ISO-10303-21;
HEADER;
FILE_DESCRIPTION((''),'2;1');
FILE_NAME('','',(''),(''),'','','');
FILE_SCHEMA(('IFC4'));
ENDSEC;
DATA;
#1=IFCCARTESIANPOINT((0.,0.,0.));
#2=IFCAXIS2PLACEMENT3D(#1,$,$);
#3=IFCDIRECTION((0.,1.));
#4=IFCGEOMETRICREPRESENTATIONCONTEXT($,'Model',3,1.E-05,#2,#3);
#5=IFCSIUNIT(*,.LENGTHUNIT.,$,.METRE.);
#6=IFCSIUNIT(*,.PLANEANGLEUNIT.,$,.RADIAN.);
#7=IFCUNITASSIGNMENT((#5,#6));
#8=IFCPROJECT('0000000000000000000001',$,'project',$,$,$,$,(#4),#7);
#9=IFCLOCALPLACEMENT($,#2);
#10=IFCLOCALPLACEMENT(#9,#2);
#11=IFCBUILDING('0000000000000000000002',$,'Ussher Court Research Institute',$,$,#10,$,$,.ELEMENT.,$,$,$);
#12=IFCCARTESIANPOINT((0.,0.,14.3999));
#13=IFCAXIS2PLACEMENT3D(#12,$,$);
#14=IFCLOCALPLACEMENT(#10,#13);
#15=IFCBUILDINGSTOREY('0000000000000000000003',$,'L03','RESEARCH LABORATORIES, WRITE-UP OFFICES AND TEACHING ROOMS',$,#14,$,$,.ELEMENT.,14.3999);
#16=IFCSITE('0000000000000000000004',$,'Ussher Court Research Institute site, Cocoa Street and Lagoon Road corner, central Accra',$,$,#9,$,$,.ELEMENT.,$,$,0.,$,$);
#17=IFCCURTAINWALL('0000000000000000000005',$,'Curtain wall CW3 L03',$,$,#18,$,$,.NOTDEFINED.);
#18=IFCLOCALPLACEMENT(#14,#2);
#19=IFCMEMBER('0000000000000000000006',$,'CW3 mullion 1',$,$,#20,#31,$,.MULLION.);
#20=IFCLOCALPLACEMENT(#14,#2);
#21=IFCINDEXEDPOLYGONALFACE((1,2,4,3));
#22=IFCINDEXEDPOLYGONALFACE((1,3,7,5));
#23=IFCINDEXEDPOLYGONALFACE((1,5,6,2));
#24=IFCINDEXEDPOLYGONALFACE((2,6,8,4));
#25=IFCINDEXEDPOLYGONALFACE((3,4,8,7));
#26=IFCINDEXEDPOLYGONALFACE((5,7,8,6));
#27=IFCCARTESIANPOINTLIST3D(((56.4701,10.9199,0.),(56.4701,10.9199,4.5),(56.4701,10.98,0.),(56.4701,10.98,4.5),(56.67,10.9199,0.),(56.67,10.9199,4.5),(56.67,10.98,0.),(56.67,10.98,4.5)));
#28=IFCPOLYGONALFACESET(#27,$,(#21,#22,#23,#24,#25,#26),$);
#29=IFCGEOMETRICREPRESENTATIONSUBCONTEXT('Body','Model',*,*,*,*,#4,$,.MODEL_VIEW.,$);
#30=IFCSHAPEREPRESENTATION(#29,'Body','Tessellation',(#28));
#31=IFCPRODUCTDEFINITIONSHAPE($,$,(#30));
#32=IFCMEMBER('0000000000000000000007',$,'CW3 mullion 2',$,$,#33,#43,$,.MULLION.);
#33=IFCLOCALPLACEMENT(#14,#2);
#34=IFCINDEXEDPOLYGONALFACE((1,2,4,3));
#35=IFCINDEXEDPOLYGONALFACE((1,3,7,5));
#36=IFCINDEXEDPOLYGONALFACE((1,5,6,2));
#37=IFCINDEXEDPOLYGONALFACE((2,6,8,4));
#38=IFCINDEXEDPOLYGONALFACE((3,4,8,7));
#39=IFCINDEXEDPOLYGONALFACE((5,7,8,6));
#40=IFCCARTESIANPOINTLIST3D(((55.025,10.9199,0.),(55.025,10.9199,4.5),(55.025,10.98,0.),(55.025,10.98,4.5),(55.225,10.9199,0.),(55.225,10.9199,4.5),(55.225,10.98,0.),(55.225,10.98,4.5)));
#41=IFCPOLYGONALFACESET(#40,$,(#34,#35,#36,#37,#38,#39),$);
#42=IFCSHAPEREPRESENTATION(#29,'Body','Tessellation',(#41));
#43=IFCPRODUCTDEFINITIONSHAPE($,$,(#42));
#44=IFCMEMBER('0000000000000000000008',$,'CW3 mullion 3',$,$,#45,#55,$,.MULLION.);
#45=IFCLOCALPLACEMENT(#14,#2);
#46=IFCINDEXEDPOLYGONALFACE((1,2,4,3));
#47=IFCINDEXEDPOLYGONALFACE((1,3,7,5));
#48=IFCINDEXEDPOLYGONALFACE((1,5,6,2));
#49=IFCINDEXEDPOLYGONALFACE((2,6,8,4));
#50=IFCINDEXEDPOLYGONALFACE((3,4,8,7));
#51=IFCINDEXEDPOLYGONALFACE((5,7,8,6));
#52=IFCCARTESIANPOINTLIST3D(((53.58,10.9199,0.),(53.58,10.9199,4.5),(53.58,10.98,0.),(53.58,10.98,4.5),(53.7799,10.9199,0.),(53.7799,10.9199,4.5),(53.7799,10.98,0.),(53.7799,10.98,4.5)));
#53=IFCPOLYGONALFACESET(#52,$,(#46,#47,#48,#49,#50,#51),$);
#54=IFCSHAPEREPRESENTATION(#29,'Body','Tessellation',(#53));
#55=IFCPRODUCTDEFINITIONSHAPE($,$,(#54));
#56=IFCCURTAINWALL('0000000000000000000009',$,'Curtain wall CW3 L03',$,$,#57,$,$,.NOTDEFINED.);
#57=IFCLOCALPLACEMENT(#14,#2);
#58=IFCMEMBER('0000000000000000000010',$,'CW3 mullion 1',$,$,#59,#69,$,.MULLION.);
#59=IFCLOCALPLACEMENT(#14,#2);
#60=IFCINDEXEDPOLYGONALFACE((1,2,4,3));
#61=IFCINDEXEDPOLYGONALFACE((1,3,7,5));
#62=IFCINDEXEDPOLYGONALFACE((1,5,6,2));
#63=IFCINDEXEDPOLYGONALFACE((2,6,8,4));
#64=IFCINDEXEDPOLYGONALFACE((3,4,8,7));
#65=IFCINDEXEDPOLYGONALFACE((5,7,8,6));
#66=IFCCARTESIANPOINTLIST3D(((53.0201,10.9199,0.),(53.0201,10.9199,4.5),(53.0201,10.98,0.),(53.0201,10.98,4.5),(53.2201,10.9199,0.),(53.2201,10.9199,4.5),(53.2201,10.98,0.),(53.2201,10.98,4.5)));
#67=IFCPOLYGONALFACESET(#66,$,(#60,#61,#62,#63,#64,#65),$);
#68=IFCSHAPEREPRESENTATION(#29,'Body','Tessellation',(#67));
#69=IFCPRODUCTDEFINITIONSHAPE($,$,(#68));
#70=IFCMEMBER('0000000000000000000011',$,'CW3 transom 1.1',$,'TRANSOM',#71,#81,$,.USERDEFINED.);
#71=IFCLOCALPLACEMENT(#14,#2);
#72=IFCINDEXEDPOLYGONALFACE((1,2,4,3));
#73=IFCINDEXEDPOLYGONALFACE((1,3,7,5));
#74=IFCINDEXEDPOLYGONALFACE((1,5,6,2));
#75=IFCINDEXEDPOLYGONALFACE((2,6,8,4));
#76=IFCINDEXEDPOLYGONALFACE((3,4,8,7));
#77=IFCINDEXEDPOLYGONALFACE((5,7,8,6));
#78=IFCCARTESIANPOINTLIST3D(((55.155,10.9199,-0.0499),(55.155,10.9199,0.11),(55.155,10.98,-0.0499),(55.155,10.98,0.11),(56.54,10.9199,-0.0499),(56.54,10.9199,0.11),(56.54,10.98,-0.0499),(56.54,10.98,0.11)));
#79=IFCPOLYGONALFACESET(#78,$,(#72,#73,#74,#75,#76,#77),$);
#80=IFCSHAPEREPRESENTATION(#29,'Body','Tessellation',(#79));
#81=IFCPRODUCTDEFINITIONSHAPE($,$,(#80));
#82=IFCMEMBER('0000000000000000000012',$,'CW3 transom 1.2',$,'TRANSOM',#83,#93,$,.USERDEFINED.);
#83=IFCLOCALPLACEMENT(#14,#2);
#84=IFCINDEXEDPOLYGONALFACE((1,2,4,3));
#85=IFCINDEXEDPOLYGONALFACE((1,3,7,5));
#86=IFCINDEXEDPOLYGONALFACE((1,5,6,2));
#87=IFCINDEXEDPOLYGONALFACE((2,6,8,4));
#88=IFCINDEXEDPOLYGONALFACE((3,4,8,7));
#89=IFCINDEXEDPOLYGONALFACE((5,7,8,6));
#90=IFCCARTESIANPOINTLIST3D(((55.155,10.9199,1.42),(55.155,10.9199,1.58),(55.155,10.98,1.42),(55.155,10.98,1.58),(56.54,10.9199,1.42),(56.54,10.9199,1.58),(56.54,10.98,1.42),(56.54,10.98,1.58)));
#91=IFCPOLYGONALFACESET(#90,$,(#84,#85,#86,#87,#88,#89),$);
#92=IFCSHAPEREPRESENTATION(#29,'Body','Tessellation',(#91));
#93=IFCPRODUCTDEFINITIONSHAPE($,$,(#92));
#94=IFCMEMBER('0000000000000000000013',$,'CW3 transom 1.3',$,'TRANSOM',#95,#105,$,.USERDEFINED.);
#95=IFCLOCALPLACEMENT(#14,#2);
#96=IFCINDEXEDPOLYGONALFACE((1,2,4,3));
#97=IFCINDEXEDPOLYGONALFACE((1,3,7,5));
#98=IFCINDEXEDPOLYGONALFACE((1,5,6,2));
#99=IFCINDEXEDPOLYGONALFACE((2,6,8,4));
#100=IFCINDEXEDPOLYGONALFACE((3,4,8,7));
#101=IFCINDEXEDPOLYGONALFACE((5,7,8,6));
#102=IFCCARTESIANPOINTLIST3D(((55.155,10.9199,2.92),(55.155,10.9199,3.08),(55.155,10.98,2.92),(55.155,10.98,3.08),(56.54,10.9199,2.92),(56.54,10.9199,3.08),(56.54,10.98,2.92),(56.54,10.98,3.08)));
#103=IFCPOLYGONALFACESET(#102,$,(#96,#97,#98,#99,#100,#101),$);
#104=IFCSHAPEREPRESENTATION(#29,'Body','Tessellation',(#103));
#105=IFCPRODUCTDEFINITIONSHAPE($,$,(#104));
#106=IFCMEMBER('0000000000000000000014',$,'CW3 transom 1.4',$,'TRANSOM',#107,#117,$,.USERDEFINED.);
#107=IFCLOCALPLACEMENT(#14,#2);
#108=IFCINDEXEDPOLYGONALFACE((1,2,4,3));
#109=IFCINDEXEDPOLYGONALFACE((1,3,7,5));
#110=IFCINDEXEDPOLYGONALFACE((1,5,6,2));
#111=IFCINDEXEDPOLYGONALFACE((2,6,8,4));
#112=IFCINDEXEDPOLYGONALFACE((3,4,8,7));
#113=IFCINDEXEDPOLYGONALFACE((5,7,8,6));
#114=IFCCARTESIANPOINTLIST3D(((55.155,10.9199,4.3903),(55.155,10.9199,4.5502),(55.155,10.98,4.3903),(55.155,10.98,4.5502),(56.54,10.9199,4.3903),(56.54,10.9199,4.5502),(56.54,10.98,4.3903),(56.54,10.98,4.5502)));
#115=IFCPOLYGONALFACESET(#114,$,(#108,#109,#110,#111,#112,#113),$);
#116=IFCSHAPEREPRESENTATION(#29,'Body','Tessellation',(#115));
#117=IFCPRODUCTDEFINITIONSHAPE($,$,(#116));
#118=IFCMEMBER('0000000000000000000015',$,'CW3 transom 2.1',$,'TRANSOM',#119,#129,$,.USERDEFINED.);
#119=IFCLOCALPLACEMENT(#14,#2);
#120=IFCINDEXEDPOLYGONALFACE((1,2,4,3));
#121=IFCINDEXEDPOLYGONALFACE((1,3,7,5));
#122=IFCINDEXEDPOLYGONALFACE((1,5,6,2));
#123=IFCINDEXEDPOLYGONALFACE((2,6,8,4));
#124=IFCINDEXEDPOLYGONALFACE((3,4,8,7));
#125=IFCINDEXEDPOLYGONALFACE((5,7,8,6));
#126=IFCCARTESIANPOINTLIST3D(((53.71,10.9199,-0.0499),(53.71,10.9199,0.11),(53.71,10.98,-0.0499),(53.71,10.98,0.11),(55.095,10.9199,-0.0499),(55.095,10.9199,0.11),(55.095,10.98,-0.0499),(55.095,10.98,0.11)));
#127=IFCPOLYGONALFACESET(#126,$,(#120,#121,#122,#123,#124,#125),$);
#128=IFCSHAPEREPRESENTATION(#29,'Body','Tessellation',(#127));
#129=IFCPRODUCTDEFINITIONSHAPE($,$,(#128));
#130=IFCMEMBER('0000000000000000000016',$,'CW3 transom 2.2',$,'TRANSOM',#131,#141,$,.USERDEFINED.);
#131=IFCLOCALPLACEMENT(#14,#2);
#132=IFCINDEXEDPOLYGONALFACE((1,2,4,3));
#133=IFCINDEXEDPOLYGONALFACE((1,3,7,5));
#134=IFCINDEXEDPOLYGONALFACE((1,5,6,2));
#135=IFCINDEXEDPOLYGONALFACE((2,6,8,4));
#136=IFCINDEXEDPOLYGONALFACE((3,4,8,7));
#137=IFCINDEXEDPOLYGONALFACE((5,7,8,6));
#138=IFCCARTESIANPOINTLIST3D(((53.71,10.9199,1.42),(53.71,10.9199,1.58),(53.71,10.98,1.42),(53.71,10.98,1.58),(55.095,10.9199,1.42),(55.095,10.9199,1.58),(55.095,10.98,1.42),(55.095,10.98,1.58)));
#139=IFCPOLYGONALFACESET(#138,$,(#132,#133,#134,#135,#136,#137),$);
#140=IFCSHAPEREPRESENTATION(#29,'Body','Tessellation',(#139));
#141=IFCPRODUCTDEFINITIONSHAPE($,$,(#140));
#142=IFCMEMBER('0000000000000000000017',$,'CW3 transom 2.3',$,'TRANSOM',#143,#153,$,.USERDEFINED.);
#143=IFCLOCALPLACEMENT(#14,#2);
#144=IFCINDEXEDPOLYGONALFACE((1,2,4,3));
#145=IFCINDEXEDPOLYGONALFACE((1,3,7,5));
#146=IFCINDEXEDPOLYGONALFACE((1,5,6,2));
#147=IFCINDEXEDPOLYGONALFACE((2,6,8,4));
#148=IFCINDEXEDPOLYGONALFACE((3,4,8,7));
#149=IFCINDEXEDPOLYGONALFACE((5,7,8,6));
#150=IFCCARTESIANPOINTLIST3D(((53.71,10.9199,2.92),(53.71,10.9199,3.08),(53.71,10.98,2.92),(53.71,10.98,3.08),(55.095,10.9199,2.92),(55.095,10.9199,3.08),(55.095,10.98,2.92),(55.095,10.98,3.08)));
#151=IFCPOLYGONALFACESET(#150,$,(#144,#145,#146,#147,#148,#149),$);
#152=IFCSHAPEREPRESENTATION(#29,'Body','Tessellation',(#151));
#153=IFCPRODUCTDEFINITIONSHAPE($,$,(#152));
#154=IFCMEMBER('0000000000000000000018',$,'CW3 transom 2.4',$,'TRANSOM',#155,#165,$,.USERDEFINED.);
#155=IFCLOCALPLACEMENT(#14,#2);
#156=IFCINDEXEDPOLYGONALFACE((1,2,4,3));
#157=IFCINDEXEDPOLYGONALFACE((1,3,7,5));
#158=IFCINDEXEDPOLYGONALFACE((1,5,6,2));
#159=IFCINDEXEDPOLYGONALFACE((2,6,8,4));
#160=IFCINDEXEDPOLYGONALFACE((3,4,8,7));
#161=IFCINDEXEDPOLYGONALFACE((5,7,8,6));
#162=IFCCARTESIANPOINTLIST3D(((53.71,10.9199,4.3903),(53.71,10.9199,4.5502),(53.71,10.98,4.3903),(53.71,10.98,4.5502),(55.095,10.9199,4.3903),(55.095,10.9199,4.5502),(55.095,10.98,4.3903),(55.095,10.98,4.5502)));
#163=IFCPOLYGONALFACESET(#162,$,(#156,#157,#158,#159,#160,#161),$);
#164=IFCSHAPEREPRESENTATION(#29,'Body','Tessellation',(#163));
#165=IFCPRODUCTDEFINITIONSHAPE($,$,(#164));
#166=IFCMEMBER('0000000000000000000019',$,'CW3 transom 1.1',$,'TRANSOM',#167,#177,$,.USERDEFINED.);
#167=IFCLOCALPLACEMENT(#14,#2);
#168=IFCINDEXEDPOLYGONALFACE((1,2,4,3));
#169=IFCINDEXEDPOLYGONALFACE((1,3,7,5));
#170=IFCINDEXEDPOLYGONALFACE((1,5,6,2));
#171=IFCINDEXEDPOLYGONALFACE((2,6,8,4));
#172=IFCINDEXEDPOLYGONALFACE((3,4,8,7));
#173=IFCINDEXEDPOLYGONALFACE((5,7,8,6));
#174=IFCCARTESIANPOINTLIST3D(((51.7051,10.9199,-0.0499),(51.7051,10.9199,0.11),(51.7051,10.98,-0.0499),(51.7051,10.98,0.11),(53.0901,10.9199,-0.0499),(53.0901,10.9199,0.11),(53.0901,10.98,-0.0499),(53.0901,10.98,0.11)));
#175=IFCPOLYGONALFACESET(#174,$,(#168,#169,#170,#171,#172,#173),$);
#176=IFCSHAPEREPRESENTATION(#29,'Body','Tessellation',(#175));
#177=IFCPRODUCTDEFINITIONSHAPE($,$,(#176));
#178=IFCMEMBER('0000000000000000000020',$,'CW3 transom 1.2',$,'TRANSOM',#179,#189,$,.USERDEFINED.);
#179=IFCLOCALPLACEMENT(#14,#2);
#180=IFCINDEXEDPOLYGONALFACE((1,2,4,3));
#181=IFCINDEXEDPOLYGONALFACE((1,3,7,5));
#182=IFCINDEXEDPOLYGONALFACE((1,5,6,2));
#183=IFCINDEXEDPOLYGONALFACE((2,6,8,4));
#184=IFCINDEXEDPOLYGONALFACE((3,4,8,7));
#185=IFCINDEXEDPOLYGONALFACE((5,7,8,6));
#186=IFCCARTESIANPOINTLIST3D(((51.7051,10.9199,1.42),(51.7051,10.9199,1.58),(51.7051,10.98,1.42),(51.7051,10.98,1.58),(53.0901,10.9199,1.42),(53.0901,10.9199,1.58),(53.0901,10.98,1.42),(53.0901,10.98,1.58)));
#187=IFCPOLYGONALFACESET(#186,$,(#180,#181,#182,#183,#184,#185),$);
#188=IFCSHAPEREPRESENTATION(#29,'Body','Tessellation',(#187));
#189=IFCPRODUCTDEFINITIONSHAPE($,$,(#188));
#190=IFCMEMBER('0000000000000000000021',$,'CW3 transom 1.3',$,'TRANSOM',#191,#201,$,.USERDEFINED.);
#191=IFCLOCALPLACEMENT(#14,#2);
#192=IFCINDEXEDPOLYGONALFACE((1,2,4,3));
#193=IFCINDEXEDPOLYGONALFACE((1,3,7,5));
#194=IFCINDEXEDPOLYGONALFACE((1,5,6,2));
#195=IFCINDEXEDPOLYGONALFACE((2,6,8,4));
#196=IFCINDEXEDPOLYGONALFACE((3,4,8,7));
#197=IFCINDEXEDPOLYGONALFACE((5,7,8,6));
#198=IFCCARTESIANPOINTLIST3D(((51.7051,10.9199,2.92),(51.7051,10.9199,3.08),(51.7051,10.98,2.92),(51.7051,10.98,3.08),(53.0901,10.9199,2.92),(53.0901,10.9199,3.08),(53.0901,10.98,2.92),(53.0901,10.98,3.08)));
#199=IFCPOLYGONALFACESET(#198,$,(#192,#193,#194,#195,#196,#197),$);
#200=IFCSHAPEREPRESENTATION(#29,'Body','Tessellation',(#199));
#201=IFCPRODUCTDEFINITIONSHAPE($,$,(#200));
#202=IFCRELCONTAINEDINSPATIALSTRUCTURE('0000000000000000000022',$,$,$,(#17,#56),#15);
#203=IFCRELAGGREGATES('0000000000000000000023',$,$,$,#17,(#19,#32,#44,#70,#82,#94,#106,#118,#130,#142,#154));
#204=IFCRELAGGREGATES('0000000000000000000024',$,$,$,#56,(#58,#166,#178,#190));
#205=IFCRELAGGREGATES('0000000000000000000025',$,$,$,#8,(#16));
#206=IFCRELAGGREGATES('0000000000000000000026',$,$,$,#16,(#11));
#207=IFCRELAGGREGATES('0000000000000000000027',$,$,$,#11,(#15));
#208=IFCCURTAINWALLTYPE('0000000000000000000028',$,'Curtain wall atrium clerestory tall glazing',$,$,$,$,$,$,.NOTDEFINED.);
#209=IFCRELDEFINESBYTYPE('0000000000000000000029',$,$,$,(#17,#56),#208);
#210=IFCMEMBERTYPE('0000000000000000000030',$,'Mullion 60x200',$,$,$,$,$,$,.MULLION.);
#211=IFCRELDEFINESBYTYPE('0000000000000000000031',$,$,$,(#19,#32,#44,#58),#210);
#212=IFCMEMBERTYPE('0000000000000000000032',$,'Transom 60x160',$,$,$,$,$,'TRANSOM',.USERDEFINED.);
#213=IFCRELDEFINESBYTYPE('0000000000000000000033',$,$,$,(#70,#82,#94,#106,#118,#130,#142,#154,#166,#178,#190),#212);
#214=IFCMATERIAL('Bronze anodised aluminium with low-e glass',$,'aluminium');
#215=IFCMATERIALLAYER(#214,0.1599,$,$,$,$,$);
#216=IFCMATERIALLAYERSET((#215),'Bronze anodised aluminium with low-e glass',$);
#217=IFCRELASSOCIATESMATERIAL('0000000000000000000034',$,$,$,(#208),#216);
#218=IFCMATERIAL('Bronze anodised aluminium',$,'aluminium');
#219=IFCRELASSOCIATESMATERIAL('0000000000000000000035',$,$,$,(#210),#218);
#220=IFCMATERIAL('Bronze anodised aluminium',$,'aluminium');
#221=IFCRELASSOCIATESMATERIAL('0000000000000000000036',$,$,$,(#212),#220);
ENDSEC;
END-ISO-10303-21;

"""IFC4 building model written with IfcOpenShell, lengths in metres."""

from ifc_helpers import new_model, si_unit, direction, frame, origin, origin_2d, place, context, subcontext, project, spatial, rectangle, extrude, material, layer, layer_set, material_profile, profile_set, type_object, element, aggregate, save


model = new_model("IFC4")

# Units and contexts
model_context = context("Model", 3, precision=1e-05, world=origin(), true_north=direction((0.0, 1.0)))
body_context = subcontext(model_context, "Body", "Model", "MODEL_VIEW")
ifc_project = project(units=[si_unit("LENGTHUNIT", "METRE"), si_unit("PLANEANGLEUNIT", "RADIAN")], contexts=[model_context])

# Site, building, storey
site_placement = place(None, origin())
site = spatial("IfcSite", under=ifc_project, at=site_placement, Name="Ussher Court Research Institute site, Cocoa Street and Lagoon Road corner, central Accra", CompositionType="ELEMENT", RefElevation=0.0)
building_placement = place(site_placement, origin())
building = spatial("IfcBuilding", under=site, at=building_placement, Name="Ussher Court Research Institute", CompositionType="ELEMENT")
storey_placement = place(building_placement, frame((0.0, 0.0, 14.3999)))
storey = spatial("IfcBuildingStorey", under=building, at=storey_placement, Name="L03", Description="RESEARCH LABORATORIES, WRITE-UP OFFICES AND TEACHING ROOMS", CompositionType="ELEMENT", Elevation=14.3999)

# Curtain wall, members
ifc_material_1 = material(Name="Bronze anodised aluminium with low-e glass", Category="aluminium")
ifc_layer_1 = layer(ifc_material_1, 0.1599)
ifc_layer_set_1 = layer_set([ifc_layer_1], Name="Bronze anodised aluminium with low-e glass")
curtain_wall_type = type_object("IfcCurtainWallType", Name="Curtain wall atrium clerestory tall glazing", PredefinedType="NOTDEFINED", material=ifc_layer_set_1)
curtain_wall_1_placement = place(storey_placement, origin())
curtain_wall_1 = element("IfcCurtainWall", 1, at=curtain_wall_1_placement, inside=storey, type_object=curtain_wall_type, Name="Curtain wall CW3 L03", PredefinedType="NOTDEFINED")
ifc_material_2 = material(Name="Bronze anodised aluminium", Category="aluminium")
ifc_material_profile_1 = material_profile(ifc_material_2, rectangle(XDim=0.0601, YDim=0.2, at=origin_2d()), Name="Mullion 60x200")
ifc_profile_set_1 = profile_set([ifc_material_profile_1], Name="Bronze anodised aluminium")
member_type_1 = type_object("IfcMemberType", Name="Mullion 60x200", PredefinedType="MULLION", material=ifc_profile_set_1)
member_1_placement = place(storey_placement, frame((56.5701, 10.95, 0.0), z_axis=(0.0, 0.0, 1.0), x_axis=(0.0, -1.0, 0.0)))
member_1 = element("IfcMember", 2, at=member_1_placement, type_object=member_type_1, Name="CW3 mullion 1", PredefinedType="MULLION", context=body_context, shape_type="SweptSolid", body=[
    extrude(rectangle(XDim=0.0601, YDim=0.2, at=origin_2d()), origin(), (0.0, 0.0, 1.0), 4.5),
])
member_2_placement = place(storey_placement, frame((55.125, 10.95, 0.0), z_axis=(0.0, 0.0, 1.0), x_axis=(0.0, -1.0, 0.0)))
member_2 = element("IfcMember", 3, at=member_2_placement, type_object=member_type_1, Name="CW3 mullion 2", PredefinedType="MULLION", context=body_context, shape_type="SweptSolid", body=[
    extrude(rectangle(XDim=0.0601, YDim=0.2, at=origin_2d()), origin(), (0.0, 0.0, 1.0), 4.5),
])
member_3_placement = place(storey_placement, frame((53.6799, 10.95, 0.0), z_axis=(0.0, 0.0, 1.0), x_axis=(0.0, -1.0, 0.0)))
member_3 = element("IfcMember", 4, at=member_3_placement, type_object=member_type_1, Name="CW3 mullion 3", PredefinedType="MULLION", context=body_context, shape_type="SweptSolid", body=[
    extrude(rectangle(XDim=0.0601, YDim=0.2, at=origin_2d()), origin(), (0.0, 0.0, 1.0), 4.5),
])

# Curtain wall, member
curtain_wall_2_placement = place(storey_placement, origin())
curtain_wall_2 = element("IfcCurtainWall", 5, at=curtain_wall_2_placement, inside=storey, type_object=curtain_wall_type, Name="Curtain wall CW3 L03", PredefinedType="NOTDEFINED")
member_4_placement = place(storey_placement, frame((53.1201, 10.95, 0.0), z_axis=(0.0, 0.0, 1.0), x_axis=(0.0, -1.0, 0.0)))
member_4 = element("IfcMember", 6, at=member_4_placement, type_object=member_type_1, Name="CW3 mullion 1", PredefinedType="MULLION", context=body_context, shape_type="SweptSolid", body=[
    extrude(rectangle(XDim=0.0601, YDim=0.2, at=origin_2d()), origin(), (0.0, 0.0, 1.0), 4.5),
])

# Members
ifc_material_3 = material(Name="Bronze anodised aluminium", Category="aluminium")
ifc_material_profile_2 = material_profile(ifc_material_3, rectangle(XDim=0.0601, YDim=0.1599, at=origin_2d()), Name="Transom 60x160")
ifc_profile_set_2 = profile_set([ifc_material_profile_2], Name="Bronze anodised aluminium")
member_type_2 = type_object("IfcMemberType", Name="Transom 60x160", ElementType="TRANSOM", PredefinedType="USERDEFINED", material=ifc_profile_set_2)
member_5_placement = place(storey_placement, frame((56.54, 10.95, 0.03), z_axis=(-1.0, 0.0, 0.0), x_axis=(0.0, -1.0, 0.0)))
member_5 = element("IfcMember", 7, at=member_5_placement, type_object=member_type_2, Name="CW3 transom 1.1", ObjectType="TRANSOM", PredefinedType="USERDEFINED", context=body_context, shape_type="SweptSolid", body=[
    extrude(rectangle(XDim=0.0601, YDim=0.1599, at=origin_2d()), origin(), (0.0, 0.0, 1.0), 1.385),
])
member_6_placement = place(storey_placement, frame((56.54, 10.95, 1.5), z_axis=(-1.0, 0.0, 0.0), x_axis=(0.0, -1.0, 0.0)))
member_6 = element("IfcMember", 8, at=member_6_placement, type_object=member_type_2, Name="CW3 transom 1.2", ObjectType="TRANSOM", PredefinedType="USERDEFINED", context=body_context, shape_type="SweptSolid", body=[
    extrude(rectangle(XDim=0.0601, YDim=0.1599, at=origin_2d()), origin(), (0.0, 0.0, 1.0), 1.385),
])
member_7_placement = place(storey_placement, frame((56.54, 10.95, 3.0), z_axis=(-1.0, 0.0, 0.0), x_axis=(0.0, -1.0, 0.0)))
member_7 = element("IfcMember", 9, at=member_7_placement, type_object=member_type_2, Name="CW3 transom 1.3", ObjectType="TRANSOM", PredefinedType="USERDEFINED", context=body_context, shape_type="SweptSolid", body=[
    extrude(rectangle(XDim=0.0601, YDim=0.1599, at=origin_2d()), origin(), (0.0, 0.0, 1.0), 1.385),
])
member_8_placement = place(storey_placement, frame((56.54, 10.95, 4.4702), z_axis=(-1.0, 0.0, 0.0), x_axis=(0.0, -1.0, 0.0)))
member_8 = element("IfcMember", 10, at=member_8_placement, type_object=member_type_2, Name="CW3 transom 1.4", ObjectType="TRANSOM", PredefinedType="USERDEFINED", context=body_context, shape_type="SweptSolid", body=[
    extrude(rectangle(XDim=0.0601, YDim=0.1599, at=origin_2d()), origin(), (0.0, 0.0, 1.0), 1.385),
])
member_9_placement = place(storey_placement, frame((55.095, 10.95, 0.03), z_axis=(-1.0, 0.0, 0.0), x_axis=(0.0, -1.0, 0.0)))
member_9 = element("IfcMember", 11, at=member_9_placement, type_object=member_type_2, Name="CW3 transom 2.1", ObjectType="TRANSOM", PredefinedType="USERDEFINED", context=body_context, shape_type="SweptSolid", body=[
    extrude(rectangle(XDim=0.0601, YDim=0.1599, at=origin_2d()), origin(), (0.0, 0.0, 1.0), 1.385),
])
member_10_placement = place(storey_placement, frame((55.095, 10.95, 1.5), z_axis=(-1.0, 0.0, 0.0), x_axis=(0.0, -1.0, 0.0)))
member_10 = element("IfcMember", 12, at=member_10_placement, type_object=member_type_2, Name="CW3 transom 2.2", ObjectType="TRANSOM", PredefinedType="USERDEFINED", context=body_context, shape_type="SweptSolid", body=[
    extrude(rectangle(XDim=0.0601, YDim=0.1599, at=origin_2d()), origin(), (0.0, 0.0, 1.0), 1.385),
])
member_11_placement = place(storey_placement, frame((55.095, 10.95, 3.0), z_axis=(-1.0, 0.0, 0.0), x_axis=(0.0, -1.0, 0.0)))
member_11 = element("IfcMember", 13, at=member_11_placement, type_object=member_type_2, Name="CW3 transom 2.3", ObjectType="TRANSOM", PredefinedType="USERDEFINED", context=body_context, shape_type="SweptSolid", body=[
    extrude(rectangle(XDim=0.0601, YDim=0.1599, at=origin_2d()), origin(), (0.0, 0.0, 1.0), 1.385),
])
member_12_placement = place(storey_placement, frame((55.095, 10.95, 4.4702), z_axis=(-1.0, 0.0, 0.0), x_axis=(0.0, -1.0, 0.0)))
member_12 = element("IfcMember", 14, at=member_12_placement, type_object=member_type_2, Name="CW3 transom 2.4", ObjectType="TRANSOM", PredefinedType="USERDEFINED", context=body_context, shape_type="SweptSolid", body=[
    extrude(rectangle(XDim=0.0601, YDim=0.1599, at=origin_2d()), origin(), (0.0, 0.0, 1.0), 1.385),
])
member_13_placement = place(storey_placement, frame((53.0901, 10.95, 0.03), z_axis=(-1.0, 0.0, 0.0), x_axis=(0.0, -1.0, 0.0)))
member_13 = element("IfcMember", 15, at=member_13_placement, type_object=member_type_2, Name="CW3 transom 1.1", ObjectType="TRANSOM", PredefinedType="USERDEFINED", context=body_context, shape_type="SweptSolid", body=[
    extrude(rectangle(XDim=0.0601, YDim=0.1599, at=origin_2d()), origin(), (0.0, 0.0, 1.0), 1.385),
])
member_14_placement = place(storey_placement, frame((53.0901, 10.95, 1.5), z_axis=(-1.0, 0.0, 0.0), x_axis=(0.0, -1.0, 0.0)))
member_14 = element("IfcMember", 16, at=member_14_placement, type_object=member_type_2, Name="CW3 transom 1.2", ObjectType="TRANSOM", PredefinedType="USERDEFINED", context=body_context, shape_type="SweptSolid", body=[
    extrude(rectangle(XDim=0.0601, YDim=0.1599, at=origin_2d()), origin(), (0.0, 0.0, 1.0), 1.385),
])
member_15_placement = place(storey_placement, frame((53.0901, 10.95, 3.0), z_axis=(-1.0, 0.0, 0.0), x_axis=(0.0, -1.0, 0.0)))
member_15 = element("IfcMember", 17, at=member_15_placement, type_object=member_type_2, Name="CW3 transom 1.3", ObjectType="TRANSOM", PredefinedType="USERDEFINED", context=body_context, shape_type="SweptSolid", body=[
    extrude(rectangle(XDim=0.0601, YDim=0.1599, at=origin_2d()), origin(), (0.0, 0.0, 1.0), 1.385),
])

aggregate(curtain_wall_1, [member_1, member_2, member_3, member_5, member_6, member_7, member_8, member_9, member_10, member_11, member_12])
aggregate(curtain_wall_2, [member_4, member_13, member_14, member_15])

save(model, "model.ifc")
